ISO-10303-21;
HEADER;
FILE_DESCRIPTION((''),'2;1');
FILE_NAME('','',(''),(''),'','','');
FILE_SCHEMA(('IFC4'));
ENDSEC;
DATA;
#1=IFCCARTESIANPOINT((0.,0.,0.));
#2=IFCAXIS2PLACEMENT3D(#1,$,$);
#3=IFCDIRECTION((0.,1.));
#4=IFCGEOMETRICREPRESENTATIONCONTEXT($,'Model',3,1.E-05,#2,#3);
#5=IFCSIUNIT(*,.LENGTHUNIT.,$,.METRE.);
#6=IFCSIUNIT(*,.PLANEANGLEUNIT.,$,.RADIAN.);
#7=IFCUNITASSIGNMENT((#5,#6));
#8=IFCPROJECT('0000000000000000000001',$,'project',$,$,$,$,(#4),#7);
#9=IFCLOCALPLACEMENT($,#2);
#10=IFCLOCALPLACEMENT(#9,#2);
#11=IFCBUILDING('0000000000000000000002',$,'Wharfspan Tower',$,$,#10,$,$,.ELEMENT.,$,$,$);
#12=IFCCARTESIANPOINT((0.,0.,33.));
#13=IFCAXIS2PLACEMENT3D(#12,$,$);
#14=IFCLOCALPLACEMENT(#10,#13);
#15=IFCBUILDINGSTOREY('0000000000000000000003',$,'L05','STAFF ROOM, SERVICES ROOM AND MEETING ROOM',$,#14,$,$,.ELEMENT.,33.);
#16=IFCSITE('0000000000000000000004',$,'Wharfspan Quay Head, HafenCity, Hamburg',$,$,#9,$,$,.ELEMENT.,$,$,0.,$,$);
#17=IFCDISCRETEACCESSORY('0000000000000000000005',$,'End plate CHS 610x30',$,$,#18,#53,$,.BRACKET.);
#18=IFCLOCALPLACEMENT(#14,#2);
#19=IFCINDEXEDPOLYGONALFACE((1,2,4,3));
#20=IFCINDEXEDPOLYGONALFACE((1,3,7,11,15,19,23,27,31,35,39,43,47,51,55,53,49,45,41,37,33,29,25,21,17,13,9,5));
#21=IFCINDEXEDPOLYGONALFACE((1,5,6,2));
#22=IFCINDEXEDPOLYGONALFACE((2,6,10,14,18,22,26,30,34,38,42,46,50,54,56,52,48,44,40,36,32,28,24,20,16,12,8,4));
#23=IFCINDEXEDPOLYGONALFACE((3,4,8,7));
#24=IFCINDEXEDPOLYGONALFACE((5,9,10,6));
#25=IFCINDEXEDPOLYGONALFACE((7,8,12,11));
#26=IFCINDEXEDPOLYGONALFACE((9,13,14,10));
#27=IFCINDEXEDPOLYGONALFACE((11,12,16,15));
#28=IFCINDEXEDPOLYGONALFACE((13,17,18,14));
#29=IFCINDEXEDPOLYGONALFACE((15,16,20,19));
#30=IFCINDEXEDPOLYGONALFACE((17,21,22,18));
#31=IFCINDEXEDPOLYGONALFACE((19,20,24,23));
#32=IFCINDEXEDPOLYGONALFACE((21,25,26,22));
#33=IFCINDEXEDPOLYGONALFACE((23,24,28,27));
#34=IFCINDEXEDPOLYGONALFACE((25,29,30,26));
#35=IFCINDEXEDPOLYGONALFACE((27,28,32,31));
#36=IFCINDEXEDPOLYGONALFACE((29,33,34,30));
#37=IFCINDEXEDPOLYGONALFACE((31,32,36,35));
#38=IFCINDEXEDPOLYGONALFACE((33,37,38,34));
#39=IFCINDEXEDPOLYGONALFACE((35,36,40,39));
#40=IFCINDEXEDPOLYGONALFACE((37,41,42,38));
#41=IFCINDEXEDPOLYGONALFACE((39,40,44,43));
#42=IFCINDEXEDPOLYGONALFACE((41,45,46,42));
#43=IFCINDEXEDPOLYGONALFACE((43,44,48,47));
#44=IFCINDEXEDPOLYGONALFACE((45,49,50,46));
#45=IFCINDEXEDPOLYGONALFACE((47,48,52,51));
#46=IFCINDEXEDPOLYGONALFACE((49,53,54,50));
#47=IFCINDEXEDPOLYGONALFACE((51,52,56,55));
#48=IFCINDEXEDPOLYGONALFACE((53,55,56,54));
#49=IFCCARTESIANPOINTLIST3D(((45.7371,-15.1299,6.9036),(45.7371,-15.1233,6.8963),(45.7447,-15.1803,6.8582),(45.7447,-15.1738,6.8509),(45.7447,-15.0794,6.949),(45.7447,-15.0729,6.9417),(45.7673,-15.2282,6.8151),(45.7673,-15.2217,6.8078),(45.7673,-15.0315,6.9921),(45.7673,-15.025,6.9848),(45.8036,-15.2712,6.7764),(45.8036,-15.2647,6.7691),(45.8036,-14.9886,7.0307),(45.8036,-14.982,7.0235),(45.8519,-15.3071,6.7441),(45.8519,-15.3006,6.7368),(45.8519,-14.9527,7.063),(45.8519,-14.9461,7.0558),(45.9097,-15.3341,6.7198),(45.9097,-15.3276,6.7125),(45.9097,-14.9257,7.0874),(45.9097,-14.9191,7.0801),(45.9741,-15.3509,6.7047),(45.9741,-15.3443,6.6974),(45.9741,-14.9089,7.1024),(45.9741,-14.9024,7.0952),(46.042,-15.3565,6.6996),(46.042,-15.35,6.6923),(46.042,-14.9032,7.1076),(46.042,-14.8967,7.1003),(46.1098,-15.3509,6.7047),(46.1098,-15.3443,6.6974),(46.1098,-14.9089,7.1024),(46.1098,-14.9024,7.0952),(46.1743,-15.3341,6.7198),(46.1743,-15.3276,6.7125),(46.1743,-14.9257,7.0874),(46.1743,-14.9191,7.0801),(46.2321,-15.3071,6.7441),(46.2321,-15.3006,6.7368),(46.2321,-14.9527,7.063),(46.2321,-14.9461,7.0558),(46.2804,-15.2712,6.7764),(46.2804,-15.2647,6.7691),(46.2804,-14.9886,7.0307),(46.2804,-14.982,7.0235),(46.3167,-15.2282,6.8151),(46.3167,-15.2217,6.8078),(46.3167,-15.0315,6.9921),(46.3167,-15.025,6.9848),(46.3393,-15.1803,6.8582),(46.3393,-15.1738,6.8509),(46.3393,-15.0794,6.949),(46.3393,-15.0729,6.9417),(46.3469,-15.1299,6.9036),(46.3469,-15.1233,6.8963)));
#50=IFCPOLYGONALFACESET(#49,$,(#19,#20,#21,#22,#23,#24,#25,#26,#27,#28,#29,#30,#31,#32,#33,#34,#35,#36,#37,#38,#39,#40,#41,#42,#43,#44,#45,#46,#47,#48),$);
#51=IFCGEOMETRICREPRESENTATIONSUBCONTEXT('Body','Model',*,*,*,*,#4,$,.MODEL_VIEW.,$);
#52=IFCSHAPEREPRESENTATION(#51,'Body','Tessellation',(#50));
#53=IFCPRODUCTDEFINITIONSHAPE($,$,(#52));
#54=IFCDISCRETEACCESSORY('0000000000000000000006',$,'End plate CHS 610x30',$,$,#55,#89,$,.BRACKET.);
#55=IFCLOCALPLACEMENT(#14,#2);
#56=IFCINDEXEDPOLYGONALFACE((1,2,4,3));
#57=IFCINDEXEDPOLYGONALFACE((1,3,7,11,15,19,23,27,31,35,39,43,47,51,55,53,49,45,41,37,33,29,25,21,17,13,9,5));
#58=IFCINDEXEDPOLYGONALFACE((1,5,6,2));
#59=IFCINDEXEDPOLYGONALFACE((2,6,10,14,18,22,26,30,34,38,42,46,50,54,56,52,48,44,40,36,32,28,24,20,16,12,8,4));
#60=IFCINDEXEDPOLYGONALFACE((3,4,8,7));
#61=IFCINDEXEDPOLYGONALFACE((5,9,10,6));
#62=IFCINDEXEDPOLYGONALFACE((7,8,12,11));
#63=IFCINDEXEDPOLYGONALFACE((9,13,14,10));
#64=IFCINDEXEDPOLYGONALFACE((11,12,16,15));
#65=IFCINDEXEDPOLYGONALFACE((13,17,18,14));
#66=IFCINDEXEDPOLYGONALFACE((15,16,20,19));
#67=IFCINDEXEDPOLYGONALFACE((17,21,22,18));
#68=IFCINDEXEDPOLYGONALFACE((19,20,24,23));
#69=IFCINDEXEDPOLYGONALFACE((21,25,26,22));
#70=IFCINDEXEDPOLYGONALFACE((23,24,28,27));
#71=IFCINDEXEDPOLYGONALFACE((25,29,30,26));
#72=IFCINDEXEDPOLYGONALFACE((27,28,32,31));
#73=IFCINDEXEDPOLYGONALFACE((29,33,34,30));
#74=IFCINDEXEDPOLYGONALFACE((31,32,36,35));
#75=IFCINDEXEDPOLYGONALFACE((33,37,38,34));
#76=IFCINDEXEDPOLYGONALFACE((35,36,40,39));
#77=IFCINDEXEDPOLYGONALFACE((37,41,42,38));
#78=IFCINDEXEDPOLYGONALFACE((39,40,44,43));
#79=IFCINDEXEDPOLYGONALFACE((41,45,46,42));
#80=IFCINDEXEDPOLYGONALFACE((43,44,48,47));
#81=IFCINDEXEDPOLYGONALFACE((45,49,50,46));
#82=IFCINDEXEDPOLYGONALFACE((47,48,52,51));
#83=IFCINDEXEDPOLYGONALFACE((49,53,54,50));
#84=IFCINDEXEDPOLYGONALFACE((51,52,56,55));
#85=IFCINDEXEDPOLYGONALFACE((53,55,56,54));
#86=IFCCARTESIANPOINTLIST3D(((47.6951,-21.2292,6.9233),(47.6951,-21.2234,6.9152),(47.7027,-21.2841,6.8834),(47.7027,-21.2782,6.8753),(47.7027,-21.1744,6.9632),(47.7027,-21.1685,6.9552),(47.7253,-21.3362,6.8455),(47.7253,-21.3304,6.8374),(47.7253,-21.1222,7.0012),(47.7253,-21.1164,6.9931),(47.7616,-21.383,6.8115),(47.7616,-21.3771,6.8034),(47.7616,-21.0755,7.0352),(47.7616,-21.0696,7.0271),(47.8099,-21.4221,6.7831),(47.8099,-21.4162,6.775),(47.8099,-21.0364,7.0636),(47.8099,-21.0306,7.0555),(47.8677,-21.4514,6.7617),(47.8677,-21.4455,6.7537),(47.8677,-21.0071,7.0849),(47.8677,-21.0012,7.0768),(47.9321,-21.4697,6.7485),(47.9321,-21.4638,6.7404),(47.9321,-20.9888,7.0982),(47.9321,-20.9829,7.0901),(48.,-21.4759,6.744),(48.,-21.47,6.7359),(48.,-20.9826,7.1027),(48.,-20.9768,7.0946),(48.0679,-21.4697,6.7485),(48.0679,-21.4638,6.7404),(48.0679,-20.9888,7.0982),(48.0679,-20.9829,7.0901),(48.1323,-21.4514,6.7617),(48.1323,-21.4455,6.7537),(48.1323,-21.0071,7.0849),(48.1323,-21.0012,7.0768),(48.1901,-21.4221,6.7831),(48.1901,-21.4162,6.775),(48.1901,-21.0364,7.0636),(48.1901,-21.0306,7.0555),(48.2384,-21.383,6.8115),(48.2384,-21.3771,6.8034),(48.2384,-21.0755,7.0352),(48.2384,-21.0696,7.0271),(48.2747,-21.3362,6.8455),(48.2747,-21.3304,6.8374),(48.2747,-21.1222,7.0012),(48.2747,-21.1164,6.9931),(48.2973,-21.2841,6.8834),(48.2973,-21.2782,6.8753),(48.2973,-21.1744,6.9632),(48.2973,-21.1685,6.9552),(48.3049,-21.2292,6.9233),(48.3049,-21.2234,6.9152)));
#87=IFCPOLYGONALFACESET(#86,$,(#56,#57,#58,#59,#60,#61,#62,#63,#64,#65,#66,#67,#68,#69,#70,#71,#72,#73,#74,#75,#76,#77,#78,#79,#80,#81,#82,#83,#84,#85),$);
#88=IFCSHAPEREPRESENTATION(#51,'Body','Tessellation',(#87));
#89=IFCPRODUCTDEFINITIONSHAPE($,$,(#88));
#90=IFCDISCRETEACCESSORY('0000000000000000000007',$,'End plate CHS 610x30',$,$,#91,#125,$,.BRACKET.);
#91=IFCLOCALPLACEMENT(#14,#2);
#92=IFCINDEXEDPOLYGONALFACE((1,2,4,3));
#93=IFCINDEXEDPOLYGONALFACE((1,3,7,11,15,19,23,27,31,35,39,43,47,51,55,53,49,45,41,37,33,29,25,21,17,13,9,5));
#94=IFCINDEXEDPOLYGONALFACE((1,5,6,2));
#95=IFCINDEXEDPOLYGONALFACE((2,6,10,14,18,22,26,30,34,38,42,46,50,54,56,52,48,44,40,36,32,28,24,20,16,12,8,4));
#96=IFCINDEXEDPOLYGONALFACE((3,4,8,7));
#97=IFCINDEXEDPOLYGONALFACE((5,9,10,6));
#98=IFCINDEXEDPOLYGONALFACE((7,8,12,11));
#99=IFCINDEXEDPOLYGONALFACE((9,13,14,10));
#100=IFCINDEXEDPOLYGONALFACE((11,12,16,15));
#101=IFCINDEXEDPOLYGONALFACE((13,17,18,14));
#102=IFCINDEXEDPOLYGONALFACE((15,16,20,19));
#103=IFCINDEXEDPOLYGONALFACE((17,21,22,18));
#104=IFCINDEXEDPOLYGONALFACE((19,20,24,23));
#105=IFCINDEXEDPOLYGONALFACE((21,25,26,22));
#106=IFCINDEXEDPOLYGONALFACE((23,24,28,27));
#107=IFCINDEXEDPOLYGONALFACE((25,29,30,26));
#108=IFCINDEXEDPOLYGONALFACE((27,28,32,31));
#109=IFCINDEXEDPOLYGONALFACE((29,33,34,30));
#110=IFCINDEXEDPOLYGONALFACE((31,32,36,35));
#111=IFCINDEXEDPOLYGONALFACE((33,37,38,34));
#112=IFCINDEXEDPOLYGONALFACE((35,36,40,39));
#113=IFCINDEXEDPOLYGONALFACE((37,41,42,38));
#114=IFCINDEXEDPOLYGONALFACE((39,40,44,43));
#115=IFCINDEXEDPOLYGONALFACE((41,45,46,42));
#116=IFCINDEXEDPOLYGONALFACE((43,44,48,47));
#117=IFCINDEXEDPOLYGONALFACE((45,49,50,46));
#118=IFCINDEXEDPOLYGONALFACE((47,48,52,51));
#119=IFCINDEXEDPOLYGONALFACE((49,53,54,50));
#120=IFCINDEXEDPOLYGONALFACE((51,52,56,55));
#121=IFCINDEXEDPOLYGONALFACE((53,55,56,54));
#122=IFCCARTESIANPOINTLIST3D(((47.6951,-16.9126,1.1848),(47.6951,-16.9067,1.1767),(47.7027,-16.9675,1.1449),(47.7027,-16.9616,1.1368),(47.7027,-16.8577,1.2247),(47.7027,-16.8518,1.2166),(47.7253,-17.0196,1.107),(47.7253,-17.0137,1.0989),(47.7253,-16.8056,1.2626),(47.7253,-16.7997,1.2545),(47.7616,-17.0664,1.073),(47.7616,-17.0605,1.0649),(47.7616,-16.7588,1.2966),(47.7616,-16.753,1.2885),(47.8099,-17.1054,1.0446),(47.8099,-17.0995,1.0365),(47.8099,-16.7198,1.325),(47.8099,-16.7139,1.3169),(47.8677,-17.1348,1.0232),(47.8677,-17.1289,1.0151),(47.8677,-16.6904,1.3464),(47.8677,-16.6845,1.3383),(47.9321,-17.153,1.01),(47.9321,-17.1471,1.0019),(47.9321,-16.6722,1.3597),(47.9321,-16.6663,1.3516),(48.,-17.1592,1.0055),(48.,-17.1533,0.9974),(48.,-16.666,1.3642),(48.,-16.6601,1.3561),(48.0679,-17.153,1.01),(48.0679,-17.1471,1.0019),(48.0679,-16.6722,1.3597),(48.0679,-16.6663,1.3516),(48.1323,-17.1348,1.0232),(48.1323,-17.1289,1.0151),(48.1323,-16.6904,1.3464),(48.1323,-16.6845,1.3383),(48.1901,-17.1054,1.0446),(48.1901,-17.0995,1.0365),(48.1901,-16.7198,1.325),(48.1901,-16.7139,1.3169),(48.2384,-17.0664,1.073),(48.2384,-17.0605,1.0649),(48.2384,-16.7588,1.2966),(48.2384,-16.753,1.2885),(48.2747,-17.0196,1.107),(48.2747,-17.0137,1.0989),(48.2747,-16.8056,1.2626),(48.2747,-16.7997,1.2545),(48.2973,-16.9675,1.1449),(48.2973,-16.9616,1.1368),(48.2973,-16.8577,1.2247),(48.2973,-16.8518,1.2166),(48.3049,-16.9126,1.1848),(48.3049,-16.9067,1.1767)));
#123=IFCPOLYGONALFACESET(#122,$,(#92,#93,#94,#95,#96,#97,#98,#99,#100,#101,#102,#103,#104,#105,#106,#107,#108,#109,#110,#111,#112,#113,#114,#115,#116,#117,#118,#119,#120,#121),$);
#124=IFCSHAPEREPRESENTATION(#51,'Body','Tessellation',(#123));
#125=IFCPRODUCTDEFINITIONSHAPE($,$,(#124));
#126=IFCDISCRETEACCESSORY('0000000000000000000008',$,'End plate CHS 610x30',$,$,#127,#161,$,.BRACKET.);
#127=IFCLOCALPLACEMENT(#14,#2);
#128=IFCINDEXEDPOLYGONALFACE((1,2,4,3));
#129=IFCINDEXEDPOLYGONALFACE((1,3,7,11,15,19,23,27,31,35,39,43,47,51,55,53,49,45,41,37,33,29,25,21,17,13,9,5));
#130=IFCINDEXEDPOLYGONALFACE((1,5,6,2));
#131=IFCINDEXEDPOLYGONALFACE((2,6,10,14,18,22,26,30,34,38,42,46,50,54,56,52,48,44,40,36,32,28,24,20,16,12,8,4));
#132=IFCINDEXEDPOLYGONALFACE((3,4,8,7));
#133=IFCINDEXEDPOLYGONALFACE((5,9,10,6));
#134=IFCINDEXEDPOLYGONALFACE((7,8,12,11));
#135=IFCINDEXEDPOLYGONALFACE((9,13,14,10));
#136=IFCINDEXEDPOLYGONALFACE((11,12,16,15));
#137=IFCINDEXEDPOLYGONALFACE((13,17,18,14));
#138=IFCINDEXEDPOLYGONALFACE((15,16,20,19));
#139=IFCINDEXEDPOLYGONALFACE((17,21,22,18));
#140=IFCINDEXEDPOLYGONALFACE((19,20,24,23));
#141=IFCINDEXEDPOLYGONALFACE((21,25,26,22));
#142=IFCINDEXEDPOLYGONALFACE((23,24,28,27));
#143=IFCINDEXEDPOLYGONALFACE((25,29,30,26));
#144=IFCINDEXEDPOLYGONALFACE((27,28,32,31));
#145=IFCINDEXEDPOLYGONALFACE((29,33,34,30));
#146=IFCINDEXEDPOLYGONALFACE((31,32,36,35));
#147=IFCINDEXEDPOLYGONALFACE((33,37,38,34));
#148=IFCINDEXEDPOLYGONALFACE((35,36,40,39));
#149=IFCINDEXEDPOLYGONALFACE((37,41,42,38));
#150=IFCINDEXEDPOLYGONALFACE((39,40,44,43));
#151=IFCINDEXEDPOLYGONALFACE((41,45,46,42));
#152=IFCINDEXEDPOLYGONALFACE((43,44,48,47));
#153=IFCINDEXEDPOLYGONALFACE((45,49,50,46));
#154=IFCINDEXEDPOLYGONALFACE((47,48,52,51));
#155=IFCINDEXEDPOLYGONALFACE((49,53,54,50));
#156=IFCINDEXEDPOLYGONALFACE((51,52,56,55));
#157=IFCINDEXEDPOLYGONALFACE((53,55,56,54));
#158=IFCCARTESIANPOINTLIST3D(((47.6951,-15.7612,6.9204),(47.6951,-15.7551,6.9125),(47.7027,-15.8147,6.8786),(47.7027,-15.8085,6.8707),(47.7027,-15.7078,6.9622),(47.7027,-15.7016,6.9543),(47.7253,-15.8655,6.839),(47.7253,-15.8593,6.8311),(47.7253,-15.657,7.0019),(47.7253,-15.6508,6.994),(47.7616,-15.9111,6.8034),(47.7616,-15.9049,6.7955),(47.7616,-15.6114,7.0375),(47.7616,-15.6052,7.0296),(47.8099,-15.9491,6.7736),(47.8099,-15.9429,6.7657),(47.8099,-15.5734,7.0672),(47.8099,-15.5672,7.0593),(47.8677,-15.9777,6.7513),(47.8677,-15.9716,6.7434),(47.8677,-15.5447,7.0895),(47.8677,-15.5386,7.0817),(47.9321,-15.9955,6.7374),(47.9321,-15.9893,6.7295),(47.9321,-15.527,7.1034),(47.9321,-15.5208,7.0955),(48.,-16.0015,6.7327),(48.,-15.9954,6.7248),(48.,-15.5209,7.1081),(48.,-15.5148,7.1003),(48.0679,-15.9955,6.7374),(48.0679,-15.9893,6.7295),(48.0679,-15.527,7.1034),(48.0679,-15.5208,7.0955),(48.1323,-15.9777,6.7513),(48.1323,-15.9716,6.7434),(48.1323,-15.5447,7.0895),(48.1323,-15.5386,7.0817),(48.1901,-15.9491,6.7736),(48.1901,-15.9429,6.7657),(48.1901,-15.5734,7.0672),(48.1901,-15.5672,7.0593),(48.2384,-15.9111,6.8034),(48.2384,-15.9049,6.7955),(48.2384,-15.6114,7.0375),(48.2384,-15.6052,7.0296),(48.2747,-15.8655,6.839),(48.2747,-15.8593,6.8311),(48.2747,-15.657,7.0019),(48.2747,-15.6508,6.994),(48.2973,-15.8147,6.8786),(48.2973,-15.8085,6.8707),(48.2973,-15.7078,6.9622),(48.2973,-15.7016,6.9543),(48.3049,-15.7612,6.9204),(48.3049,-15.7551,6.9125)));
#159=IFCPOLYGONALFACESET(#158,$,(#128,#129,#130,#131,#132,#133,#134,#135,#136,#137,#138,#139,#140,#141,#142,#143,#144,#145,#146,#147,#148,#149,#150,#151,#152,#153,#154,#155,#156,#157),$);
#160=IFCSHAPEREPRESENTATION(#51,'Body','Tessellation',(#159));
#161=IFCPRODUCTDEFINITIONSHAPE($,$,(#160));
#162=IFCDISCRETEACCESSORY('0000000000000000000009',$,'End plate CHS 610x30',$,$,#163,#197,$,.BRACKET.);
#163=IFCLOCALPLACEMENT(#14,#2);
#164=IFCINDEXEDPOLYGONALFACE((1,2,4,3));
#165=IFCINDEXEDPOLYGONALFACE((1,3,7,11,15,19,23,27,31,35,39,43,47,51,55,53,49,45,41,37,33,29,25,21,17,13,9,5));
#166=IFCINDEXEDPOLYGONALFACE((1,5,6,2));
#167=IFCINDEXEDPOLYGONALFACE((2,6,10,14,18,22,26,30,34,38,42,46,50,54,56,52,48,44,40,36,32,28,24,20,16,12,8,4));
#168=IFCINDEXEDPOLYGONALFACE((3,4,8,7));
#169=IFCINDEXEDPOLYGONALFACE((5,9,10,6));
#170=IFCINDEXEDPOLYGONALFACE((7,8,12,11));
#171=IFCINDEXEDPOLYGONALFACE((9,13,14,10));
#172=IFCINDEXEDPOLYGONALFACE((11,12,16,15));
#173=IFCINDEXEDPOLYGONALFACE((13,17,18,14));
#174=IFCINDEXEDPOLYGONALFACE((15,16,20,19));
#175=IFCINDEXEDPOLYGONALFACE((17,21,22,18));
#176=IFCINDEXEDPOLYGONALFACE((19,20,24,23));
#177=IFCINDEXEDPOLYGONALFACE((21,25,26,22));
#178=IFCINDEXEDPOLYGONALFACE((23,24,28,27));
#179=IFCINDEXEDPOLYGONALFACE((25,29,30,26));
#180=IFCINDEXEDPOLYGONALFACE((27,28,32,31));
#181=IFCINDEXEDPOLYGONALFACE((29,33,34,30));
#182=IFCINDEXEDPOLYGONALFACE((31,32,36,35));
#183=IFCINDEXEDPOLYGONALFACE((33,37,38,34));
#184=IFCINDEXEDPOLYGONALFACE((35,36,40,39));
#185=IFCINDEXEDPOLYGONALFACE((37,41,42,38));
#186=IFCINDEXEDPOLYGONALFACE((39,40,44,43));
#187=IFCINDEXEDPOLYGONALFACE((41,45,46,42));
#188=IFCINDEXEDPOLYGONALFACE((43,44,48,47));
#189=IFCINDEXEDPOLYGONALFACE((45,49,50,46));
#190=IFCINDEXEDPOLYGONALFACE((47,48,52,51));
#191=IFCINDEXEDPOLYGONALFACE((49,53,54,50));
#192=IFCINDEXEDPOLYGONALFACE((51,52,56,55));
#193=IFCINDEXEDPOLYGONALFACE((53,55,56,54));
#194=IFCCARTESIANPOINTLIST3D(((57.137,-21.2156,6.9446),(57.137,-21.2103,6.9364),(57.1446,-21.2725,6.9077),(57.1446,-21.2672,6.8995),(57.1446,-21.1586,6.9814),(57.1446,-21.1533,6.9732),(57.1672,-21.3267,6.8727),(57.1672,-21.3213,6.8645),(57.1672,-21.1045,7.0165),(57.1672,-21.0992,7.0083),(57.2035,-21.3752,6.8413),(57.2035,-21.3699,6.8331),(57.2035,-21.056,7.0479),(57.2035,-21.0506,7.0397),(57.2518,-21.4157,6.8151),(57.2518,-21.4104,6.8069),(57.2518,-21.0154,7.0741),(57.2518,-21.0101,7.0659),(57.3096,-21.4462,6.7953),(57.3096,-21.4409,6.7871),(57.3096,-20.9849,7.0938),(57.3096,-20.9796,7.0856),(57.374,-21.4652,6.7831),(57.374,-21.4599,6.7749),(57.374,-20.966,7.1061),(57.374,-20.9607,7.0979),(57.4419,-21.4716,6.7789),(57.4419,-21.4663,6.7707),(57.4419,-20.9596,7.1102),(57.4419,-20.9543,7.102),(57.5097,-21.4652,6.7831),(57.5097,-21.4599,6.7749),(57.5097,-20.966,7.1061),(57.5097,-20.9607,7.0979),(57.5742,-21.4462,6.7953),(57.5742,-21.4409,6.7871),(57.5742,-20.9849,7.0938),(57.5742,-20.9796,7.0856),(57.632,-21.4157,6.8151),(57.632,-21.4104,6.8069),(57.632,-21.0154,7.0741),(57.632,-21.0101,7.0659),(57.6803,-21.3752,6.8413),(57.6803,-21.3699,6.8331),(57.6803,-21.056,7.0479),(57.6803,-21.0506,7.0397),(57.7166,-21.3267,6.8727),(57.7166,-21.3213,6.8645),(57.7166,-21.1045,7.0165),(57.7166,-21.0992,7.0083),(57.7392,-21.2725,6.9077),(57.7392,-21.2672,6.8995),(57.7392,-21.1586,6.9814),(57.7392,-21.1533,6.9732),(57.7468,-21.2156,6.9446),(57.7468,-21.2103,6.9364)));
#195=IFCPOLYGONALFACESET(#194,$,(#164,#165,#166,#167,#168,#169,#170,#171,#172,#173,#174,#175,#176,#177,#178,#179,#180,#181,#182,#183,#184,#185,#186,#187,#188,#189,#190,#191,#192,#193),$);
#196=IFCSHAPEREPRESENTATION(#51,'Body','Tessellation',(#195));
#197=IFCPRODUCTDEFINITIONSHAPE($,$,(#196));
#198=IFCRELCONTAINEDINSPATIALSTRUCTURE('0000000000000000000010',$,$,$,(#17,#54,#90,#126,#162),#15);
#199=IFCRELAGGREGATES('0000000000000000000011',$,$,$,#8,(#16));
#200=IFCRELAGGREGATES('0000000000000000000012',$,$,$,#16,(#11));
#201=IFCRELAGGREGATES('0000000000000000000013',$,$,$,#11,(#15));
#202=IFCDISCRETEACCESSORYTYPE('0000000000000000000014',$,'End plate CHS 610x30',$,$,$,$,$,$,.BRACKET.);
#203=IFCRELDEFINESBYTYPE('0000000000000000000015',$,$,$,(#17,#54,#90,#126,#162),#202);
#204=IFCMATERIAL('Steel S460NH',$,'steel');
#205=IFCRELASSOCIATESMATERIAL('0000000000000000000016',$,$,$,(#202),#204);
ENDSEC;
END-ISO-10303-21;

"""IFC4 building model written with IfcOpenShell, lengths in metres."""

from ifc_helpers import new_model, si_unit, direction, frame, origin, origin_2d, place, context, subcontext, project, spatial, circle, extrude, material, material_profile, profile_set, type_object, element, save


model = new_model("IFC4")

# Units and contexts
model_context = context("Model", 3, precision=1e-05, world=origin(), true_north=direction((0.0, 1.0)))
body_context = subcontext(model_context, "Body", "Model", "MODEL_VIEW")
ifc_project = project(units=[si_unit("LENGTHUNIT", "METRE"), si_unit("PLANEANGLEUNIT", "RADIAN")], contexts=[model_context])

# Site, building, storey
site_placement = place(None, origin())
site = spatial("IfcSite", under=ifc_project, at=site_placement, Name="Wharfspan Quay Head, HafenCity, Hamburg", CompositionType="ELEMENT", RefElevation=0.0)
building_placement = place(site_placement, origin())
building = spatial("IfcBuilding", under=site, at=building_placement, Name="Wharfspan Tower", CompositionType="ELEMENT")
storey_placement = place(building_placement, frame((0.0, 0.0, 33.0)))
storey = spatial("IfcBuildingStorey", under=building, at=storey_placement, Name="L05", Description="STAFF ROOM, SERVICES ROOM AND MEETING ROOM", CompositionType="ELEMENT", Elevation=33.0)

# Shared definitions
ifc_material_1 = material(Name="Steel S460NH", Category="steel")

# Discrete accessories
ifc_material_profile_1 = material_profile(ifc_material_1, circle(Radius=0.3049, at=origin_2d()))
ifc_profile_set_1 = profile_set([ifc_material_profile_1], Name="Steel S460NH")
discrete_accessory_type = type_object("IfcDiscreteAccessoryType", Name="End plate CHS 610x30", PredefinedType="BRACKET", material=ifc_profile_set_1)
discrete_accessory_1_placement = place(storey_placement, frame((46.042, -15.1299, 6.9036), z_axis=(0.0, 0.668965, -0.743294), x_axis=(-1.0, 0.0, 0.0)))
element("IfcDiscreteAccessory", 1, at=discrete_accessory_1_placement, inside=storey, type_object=discrete_accessory_type, Name="End plate CHS 610x30", PredefinedType="BRACKET", context=body_context, shape_type="SweptSolid", body=[
    extrude(circle(Radius=0.3049, at=origin_2d()), origin(), (0.0, 0.0, 1.0), 0.0098),
])
for number, where, z_axis, x_axis, name in (
    (2, (48.0, -21.2292, 6.9233), (0.0, 0.588172, -0.808736), (-1.0, 0.0, 0.0), "End plate CHS 610x30"),
    (3, (48.0, -16.9126, 1.1848), (0.0, 0.588172, -0.808736), (-1.0, 0.0, 0.0), "End plate CHS 610x30"),
    (4, (48.0, -15.7612, 6.9204), (0.0, 0.615644, -0.788024), (-1.0, 0.0, 0.0), "End plate CHS 610x30"),
):
    element("IfcDiscreteAccessory", number, at=place(storey_placement, frame(where, z_axis=z_axis, x_axis=x_axis)), inside=storey, type_object=discrete_accessory_type, Name=name, PredefinedType="BRACKET", context=body_context, shape_type="SweptSolid", body=[
        extrude(circle(Radius=0.3049, at=origin_2d()), origin(), (0.0, 0.0, 1.0), 0.01),
    ])
discrete_accessory_2_placement = place(storey_placement, frame((57.4419, -21.2156, 6.9446), z_axis=(0.0, 0.543251, -0.83957), x_axis=(-1.0, 0.0, 0.0)))
element("IfcDiscreteAccessory", 5, at=discrete_accessory_2_placement, inside=storey, type_object=discrete_accessory_type, Name="End plate CHS 610x30", PredefinedType="BRACKET", context=body_context, shape_type="SweptSolid", body=[
    extrude(circle(Radius=0.3049, at=origin_2d()), origin(), (0.0, 0.0, 1.0), 0.0098),
])

save(model, "model.ifc")
